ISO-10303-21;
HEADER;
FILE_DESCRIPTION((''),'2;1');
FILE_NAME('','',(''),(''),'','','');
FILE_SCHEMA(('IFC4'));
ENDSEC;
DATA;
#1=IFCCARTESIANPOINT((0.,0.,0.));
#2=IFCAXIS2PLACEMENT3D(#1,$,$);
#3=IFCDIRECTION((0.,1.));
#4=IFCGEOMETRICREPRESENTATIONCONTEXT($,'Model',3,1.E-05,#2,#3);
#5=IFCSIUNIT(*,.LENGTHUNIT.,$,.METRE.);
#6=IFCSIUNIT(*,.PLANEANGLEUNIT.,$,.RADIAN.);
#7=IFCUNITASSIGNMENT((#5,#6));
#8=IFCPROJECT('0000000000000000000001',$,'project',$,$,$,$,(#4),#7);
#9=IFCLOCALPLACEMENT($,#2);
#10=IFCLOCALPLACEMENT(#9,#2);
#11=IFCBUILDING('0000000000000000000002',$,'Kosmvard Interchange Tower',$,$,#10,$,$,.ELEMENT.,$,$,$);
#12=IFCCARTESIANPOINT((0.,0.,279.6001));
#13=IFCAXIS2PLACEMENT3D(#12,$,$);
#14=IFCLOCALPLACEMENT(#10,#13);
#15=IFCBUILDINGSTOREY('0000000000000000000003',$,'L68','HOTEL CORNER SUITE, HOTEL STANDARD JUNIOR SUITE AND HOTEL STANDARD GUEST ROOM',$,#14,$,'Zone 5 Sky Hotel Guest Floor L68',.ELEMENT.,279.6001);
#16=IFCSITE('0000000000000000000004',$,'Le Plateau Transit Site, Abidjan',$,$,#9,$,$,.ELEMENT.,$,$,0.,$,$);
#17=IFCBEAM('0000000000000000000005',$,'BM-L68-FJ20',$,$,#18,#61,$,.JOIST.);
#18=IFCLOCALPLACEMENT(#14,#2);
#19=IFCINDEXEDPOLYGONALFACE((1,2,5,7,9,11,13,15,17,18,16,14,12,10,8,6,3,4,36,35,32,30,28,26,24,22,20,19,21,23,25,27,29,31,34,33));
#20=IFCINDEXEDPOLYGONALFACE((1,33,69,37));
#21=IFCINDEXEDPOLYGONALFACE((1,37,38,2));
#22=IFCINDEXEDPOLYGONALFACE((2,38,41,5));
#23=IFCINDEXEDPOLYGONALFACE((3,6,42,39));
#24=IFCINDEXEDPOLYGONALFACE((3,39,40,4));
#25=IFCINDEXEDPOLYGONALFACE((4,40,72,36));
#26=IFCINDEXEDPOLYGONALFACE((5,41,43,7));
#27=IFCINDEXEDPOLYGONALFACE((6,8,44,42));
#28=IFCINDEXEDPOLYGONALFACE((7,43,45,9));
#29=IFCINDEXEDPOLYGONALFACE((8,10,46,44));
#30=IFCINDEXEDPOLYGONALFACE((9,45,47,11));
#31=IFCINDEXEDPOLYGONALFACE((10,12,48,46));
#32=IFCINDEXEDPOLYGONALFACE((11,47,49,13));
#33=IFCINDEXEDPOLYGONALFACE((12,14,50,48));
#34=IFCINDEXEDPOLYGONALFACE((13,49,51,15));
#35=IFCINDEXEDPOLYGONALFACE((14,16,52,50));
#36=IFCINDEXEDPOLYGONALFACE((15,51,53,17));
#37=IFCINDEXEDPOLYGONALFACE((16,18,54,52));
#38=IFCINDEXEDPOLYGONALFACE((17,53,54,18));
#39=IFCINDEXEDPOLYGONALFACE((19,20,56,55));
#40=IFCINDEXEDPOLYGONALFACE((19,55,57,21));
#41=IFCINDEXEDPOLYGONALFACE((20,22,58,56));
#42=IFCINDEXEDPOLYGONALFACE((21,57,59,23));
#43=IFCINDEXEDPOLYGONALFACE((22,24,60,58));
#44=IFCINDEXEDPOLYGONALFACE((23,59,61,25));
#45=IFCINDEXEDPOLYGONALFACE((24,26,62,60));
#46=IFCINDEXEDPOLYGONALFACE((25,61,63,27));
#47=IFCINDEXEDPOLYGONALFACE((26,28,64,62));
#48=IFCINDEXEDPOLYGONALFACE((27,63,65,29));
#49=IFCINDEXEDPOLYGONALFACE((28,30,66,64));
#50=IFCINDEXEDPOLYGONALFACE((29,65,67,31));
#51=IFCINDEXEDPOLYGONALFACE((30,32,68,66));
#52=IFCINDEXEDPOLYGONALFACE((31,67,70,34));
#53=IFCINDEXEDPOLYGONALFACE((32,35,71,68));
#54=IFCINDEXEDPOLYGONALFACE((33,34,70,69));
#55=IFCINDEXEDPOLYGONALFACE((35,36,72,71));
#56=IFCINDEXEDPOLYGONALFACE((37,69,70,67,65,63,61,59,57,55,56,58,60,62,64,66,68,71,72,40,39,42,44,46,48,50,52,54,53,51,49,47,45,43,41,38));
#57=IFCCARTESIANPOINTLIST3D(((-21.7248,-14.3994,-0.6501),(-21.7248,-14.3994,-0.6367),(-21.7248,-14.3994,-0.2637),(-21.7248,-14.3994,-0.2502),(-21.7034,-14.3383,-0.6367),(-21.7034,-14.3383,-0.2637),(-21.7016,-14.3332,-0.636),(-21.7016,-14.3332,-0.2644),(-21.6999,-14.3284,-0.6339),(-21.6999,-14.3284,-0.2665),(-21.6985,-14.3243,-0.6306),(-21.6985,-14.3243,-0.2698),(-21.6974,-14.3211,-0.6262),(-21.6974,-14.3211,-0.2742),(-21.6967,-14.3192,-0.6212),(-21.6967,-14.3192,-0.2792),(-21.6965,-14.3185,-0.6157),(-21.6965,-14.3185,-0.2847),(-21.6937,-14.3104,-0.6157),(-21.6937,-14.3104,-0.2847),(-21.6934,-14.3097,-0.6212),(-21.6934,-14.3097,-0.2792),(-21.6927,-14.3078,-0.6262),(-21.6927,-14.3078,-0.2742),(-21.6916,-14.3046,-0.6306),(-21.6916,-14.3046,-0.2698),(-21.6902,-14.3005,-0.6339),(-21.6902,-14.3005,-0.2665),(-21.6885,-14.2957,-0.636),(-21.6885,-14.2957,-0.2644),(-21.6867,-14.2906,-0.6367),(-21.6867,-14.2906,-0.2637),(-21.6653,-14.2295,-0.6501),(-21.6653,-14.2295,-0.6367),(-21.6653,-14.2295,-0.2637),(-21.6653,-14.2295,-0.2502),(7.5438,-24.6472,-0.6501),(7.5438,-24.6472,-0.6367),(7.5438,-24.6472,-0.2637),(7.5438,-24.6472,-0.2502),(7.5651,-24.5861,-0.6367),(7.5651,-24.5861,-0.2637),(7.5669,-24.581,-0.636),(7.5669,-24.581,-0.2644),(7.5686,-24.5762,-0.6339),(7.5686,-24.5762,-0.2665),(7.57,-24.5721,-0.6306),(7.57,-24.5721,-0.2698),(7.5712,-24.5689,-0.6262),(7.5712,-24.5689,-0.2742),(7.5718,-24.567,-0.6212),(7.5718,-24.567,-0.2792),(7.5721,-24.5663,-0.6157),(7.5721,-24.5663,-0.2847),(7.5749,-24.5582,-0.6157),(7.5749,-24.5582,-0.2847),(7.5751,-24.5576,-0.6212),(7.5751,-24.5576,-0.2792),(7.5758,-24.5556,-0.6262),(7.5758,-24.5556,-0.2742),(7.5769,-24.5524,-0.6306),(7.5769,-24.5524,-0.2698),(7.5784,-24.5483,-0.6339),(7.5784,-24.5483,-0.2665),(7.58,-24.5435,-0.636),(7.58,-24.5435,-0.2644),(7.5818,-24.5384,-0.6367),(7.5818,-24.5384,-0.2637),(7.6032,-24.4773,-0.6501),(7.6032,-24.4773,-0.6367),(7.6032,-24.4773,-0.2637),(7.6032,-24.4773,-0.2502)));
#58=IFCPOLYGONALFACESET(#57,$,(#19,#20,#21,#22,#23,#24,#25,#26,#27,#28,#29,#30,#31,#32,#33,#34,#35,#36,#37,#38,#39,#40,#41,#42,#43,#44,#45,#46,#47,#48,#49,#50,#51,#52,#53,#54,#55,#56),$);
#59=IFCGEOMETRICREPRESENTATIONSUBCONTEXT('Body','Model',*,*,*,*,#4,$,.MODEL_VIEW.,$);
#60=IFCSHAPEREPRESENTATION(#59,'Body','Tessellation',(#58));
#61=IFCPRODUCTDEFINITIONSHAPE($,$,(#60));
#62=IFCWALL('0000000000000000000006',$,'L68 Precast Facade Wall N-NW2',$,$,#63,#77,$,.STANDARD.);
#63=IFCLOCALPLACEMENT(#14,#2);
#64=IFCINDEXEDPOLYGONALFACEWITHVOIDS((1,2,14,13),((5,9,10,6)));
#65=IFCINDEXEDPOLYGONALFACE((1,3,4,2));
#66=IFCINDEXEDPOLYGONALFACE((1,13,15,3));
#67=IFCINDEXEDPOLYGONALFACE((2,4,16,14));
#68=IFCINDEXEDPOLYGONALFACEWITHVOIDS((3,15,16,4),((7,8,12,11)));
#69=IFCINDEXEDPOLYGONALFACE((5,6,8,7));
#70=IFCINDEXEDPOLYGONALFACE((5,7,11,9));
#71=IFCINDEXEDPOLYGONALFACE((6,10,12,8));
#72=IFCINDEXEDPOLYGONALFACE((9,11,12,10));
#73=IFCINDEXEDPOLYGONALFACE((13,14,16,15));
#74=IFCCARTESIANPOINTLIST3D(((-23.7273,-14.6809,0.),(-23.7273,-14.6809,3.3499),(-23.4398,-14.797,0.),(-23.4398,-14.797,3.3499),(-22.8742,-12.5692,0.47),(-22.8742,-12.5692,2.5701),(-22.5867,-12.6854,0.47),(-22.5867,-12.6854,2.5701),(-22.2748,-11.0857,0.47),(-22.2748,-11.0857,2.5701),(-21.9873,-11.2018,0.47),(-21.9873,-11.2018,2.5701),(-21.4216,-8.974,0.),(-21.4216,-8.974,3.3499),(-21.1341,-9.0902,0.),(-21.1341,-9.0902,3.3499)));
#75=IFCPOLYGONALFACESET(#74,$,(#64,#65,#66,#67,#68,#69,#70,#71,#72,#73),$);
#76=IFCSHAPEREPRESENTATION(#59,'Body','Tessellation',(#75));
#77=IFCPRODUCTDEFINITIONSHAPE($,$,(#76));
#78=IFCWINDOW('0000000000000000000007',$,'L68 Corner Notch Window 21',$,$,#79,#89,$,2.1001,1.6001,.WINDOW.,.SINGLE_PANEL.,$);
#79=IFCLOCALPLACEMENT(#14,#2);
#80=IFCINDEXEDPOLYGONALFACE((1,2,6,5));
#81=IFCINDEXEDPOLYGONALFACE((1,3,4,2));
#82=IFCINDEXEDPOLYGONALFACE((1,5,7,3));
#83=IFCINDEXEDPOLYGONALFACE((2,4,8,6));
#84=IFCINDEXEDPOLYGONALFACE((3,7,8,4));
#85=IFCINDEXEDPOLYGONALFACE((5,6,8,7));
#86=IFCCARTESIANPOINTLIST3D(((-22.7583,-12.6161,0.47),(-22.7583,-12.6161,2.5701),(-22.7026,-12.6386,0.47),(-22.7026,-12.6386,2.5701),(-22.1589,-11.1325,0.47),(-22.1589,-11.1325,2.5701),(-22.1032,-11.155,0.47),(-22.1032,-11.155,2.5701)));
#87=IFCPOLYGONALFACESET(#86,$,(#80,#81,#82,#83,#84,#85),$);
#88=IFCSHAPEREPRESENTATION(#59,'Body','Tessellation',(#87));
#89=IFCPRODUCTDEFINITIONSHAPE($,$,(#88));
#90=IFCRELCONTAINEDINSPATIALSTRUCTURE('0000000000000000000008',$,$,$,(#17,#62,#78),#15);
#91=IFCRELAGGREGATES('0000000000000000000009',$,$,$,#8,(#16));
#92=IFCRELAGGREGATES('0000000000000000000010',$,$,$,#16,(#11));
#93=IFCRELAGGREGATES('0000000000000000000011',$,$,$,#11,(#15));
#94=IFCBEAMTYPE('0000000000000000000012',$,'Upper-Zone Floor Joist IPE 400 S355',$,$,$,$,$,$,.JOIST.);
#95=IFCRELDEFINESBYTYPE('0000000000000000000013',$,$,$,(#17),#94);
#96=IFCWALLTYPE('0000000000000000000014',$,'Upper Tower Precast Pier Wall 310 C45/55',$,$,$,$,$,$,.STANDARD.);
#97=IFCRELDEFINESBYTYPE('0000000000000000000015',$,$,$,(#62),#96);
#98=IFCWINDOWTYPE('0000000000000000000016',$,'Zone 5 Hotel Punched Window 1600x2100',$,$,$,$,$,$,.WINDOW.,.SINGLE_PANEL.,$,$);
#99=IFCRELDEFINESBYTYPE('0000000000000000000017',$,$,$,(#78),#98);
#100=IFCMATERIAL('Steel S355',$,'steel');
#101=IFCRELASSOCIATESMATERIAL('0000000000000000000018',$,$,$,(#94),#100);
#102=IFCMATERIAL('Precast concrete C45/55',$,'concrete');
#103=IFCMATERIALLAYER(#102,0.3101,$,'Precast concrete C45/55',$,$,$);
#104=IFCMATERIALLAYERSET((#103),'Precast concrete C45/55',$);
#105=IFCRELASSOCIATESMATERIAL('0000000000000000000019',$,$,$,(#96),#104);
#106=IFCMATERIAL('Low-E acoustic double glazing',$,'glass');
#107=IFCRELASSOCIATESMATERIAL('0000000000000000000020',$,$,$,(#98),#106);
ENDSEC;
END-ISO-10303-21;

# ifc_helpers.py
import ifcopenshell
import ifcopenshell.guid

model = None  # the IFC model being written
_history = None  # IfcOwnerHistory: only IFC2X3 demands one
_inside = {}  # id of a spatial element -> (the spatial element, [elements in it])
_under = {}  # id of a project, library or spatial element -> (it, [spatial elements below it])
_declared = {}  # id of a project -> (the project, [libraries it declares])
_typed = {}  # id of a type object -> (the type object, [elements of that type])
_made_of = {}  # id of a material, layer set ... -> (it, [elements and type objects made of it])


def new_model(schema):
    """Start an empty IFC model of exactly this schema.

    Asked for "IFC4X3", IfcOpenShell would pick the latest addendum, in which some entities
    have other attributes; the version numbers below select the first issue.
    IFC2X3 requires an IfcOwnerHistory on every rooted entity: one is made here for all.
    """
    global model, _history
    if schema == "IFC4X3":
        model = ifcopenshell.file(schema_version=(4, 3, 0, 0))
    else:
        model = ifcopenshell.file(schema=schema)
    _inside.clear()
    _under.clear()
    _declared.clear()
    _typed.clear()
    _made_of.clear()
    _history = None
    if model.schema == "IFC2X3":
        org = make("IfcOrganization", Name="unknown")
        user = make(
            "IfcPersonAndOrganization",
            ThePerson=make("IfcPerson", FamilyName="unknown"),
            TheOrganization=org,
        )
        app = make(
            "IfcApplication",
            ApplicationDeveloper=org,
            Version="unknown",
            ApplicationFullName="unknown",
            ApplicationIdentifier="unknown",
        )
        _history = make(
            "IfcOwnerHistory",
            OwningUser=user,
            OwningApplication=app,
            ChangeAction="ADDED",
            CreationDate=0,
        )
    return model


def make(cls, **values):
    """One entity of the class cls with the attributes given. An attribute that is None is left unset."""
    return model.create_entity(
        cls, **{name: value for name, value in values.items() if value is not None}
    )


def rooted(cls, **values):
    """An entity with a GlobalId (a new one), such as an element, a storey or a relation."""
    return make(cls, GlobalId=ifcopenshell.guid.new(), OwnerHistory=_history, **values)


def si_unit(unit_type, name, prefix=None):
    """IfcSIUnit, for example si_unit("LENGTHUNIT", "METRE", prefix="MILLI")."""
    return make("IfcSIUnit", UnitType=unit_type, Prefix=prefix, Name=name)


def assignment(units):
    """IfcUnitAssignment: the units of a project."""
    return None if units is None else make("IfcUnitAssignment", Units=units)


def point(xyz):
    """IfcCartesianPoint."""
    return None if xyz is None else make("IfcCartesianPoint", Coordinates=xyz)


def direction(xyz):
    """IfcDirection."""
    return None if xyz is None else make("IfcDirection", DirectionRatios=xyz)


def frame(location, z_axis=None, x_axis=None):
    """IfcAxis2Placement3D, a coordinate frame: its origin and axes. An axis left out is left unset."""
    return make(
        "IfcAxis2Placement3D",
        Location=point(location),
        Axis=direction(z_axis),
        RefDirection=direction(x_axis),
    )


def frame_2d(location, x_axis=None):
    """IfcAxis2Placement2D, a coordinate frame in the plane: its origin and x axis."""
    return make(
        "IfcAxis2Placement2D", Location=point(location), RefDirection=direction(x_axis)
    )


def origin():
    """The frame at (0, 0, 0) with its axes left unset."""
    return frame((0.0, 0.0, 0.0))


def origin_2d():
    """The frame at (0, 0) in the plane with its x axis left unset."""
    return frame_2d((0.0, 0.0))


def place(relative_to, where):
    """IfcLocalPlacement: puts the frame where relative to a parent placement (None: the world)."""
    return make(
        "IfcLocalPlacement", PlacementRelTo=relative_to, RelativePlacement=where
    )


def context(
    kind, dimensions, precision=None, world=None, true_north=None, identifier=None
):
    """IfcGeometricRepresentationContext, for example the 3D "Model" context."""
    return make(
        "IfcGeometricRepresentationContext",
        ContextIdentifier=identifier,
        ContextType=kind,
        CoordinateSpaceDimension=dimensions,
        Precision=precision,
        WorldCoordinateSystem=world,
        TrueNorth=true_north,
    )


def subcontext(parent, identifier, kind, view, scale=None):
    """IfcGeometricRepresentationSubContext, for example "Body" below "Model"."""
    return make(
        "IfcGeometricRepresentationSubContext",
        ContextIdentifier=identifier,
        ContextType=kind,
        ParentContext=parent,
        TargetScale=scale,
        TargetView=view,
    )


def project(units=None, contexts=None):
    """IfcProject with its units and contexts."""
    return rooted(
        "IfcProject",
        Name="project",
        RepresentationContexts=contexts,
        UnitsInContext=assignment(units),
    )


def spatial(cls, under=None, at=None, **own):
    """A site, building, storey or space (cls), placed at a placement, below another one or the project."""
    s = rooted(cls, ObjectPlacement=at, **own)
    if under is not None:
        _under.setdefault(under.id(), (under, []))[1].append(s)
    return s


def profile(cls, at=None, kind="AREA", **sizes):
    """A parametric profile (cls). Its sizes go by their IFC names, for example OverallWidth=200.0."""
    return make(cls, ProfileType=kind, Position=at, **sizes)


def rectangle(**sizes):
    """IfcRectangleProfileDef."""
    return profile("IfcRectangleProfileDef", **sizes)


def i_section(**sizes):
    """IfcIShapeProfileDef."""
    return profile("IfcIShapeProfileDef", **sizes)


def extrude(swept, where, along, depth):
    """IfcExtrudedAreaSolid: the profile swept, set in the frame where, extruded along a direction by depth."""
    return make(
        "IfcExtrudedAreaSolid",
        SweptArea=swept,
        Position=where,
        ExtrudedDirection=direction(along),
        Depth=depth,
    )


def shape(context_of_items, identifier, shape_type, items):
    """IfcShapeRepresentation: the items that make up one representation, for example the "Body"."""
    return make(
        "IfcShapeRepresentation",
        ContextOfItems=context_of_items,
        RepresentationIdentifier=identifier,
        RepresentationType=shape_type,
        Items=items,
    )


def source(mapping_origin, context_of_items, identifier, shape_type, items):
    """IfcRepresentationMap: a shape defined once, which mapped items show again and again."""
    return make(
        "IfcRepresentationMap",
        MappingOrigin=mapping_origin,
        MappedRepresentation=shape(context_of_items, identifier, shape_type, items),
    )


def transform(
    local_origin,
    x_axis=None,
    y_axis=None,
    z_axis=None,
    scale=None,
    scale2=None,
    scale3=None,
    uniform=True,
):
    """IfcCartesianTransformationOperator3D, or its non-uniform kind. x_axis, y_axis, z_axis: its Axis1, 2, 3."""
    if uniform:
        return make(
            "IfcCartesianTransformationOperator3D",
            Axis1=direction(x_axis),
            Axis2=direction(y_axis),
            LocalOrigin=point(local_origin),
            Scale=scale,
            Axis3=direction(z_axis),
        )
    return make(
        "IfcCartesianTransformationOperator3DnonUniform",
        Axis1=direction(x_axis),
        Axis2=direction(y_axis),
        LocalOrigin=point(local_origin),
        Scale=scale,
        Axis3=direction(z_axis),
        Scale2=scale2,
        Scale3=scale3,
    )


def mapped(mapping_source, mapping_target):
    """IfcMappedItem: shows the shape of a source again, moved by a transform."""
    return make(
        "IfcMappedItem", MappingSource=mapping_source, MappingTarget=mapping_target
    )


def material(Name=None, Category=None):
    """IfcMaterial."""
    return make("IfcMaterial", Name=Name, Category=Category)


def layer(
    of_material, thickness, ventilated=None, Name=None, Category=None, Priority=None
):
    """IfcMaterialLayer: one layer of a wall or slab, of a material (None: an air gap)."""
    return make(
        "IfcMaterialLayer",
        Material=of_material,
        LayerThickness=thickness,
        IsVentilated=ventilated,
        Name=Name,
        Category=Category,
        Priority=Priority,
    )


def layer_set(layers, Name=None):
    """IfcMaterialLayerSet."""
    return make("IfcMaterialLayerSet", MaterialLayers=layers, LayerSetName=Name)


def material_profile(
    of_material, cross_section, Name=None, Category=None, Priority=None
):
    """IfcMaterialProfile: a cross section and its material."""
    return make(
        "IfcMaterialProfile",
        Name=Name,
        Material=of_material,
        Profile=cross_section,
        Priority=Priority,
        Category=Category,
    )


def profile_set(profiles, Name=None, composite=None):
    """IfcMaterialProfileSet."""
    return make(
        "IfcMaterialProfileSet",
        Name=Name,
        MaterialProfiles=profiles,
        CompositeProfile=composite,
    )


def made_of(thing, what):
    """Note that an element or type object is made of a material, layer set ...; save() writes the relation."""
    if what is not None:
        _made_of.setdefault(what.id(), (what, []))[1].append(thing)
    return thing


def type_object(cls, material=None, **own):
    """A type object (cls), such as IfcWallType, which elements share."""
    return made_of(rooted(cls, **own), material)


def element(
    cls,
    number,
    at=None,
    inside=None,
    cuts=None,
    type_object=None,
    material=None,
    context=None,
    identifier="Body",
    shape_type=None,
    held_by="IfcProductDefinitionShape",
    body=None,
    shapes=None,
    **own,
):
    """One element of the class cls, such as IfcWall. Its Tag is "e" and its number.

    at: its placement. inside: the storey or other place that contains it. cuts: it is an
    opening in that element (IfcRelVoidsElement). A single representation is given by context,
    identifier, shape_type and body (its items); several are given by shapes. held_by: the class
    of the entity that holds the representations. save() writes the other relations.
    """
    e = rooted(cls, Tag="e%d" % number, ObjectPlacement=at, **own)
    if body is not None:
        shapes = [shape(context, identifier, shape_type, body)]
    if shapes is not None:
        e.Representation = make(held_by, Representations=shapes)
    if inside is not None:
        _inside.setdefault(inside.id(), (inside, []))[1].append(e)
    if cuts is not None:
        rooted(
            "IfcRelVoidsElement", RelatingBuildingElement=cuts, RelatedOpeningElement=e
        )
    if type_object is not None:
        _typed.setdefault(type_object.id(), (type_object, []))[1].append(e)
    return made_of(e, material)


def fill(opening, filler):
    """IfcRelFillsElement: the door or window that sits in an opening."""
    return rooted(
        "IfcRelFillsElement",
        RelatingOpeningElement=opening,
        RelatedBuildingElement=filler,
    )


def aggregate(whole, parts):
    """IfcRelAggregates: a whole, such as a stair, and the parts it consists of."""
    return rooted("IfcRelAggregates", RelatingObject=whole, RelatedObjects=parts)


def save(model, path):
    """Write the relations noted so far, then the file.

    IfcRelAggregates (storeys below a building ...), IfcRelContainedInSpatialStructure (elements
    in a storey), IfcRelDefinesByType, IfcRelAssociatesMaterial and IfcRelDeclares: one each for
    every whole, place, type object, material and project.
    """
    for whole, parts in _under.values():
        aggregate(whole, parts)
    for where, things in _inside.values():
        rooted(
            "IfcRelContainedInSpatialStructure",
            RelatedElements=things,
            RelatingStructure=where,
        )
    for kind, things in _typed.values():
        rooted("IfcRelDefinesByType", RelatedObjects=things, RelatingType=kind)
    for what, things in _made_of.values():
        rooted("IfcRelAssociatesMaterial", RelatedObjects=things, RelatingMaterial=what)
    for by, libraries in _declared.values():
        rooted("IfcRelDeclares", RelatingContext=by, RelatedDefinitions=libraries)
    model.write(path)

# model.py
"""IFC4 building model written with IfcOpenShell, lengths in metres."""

from ifc_helpers import new_model, si_unit, direction, frame, frame_2d, origin, origin_2d, place, context, subcontext, project, spatial, rectangle, i_section, extrude, source, transform, mapped, material, layer, layer_set, material_profile, profile_set, type_object, element, fill, save


model = new_model("IFC4")

# Units and contexts
model_context = context("Model", 3, precision=1e-05, world=origin(), true_north=direction((0.0, 1.0)))
body_context = subcontext(model_context, "Body", "Model", "MODEL_VIEW")
ifc_project = project(units=[si_unit("LENGTHUNIT", "METRE"), si_unit("PLANEANGLEUNIT", "RADIAN")], contexts=[model_context])

# Site, building, storey
site_placement = place(None, origin())
site = spatial("IfcSite", under=ifc_project, at=site_placement, Name="Le Plateau Transit Site, Abidjan", CompositionType="ELEMENT", RefElevation=0.0)
building_placement = place(site_placement, origin())
building = spatial("IfcBuilding", under=site, at=building_placement, Name="Kosmvard Interchange Tower", CompositionType="ELEMENT")
storey_placement = place(building_placement, frame((0.0, 0.0, 279.6001)))
storey = spatial("IfcBuildingStorey", under=building, at=storey_placement, Name="L68", Description="HOTEL CORNER SUITE, HOTEL STANDARD JUNIOR SUITE AND HOTEL STANDARD GUEST ROOM", LongName="Zone 5 Sky Hotel Guest Floor L68", CompositionType="ELEMENT", Elevation=279.6001)

# Beam
ifc_material_1 = material(Name="Steel S355", Category="steel")
ifc_material_profile_1 = material_profile(ifc_material_1, i_section(OverallWidth=0.1799, OverallDepth=0.3999, WebThickness=0.0085, FlangeThickness=0.0134, FilletRadius=0.021, at=origin_2d()), Name="IPE 400")
ifc_profile_set_1 = profile_set([ifc_material_profile_1], Name="Steel S355")
beam_type_1 = type_object("IfcBeamType", Name="Upper-Zone Floor Joist IPE 400 S355", PredefinedType="JOIST", material=ifc_profile_set_1)
shared_shape_1 = source(origin(), body_context, "Body", "SweptSolid", [
    extrude(i_section(OverallWidth=0.1799, OverallDepth=0.3999, WebThickness=0.0085, FlangeThickness=0.0134, FilletRadius=0.021, at=origin_2d()), origin(), (0.0, 0.0, 1.0), 31.0107),
])
beam_1_placement = place(storey_placement, frame((-21.6951, -14.3145, -0.4502), z_axis=(0.94382, -0.33046, 0.0), x_axis=(0.33046, 0.94382, 0.0)))
element("IfcBeam", 1, at=beam_1_placement, inside=storey, type_object=beam_type_1, Name="BM-L68-FJ20", PredefinedType="JOIST", context=body_context, shape_type="MappedRepresentation", body=[
    mapped(shared_shape_1, transform((0.0, 0.0, 0.0), scale=1.0)),
])

# Wall, opening, window
ifc_material_2 = material(Name="Precast concrete C45/55", Category="concrete")
ifc_layer_1 = layer(ifc_material_2, 0.3101, Name="Precast concrete C45/55")
ifc_layer_set_1 = layer_set([ifc_layer_1], Name="Precast concrete C45/55")
wall_type = type_object("IfcWallType", Name="Upper Tower Precast Pier Wall 310 C45/55", PredefinedType="STANDARD", material=ifc_layer_set_1)
wall_1_placement = place(storey_placement, frame((-21.2778, -9.032, 0.0), z_axis=(0.0, 0.0, 1.0), x_axis=(-0.374603, -0.927185, 0.0)))
wall_1 = element("IfcWall", 2, at=wall_1_placement, inside=storey, type_object=wall_type, Name="L68 Precast Facade Wall N-NW2", PredefinedType="STANDARD", context=body_context, shape_type="SweptSolid", body=[
    extrude(rectangle(XDim=6.155, YDim=0.3101, at=frame_2d((3.0776, 0.0))), origin(), (0.0, 0.0, 1.0), 3.3499),
])
opening_1_placement = place(wall_1_placement, frame((2.2776, 0.0, 0.47)))
opening_1 = element("IfcOpeningElement", 3, at=opening_1_placement, cuts=wall_1, PredefinedType="OPENING", context=body_context, shape_type="SweptSolid", body=[
    extrude(rectangle(XDim=1.6001, YDim=2.1001, at=frame_2d((0.8, 1.05))), frame((0.0, 0.165, 0.0), z_axis=(0.0, -1.0, 0.0), x_axis=(1.0, 0.0, 0.0)), (0.0, 0.0, 1.0), 0.3301),
])
ifc_material_3 = material(Name="Low-E acoustic double glazing", Category="glass")
window_type = type_object("IfcWindowType", Name="Zone 5 Hotel Punched Window 1600x2100", PartitioningType="SINGLE_PANEL", PredefinedType="WINDOW", material=ifc_material_3)
shared_shape_2 = source(origin(), body_context, "Body", "SweptSolid", [
    extrude(rectangle(XDim=1.6001, YDim=2.1001, at=frame_2d((0.8, 1.05))), frame((0.0, 0.03, 0.0), z_axis=(0.0, -1.0, 0.0), x_axis=(1.0, 0.0, 0.0)), (0.0, 0.0, 1.0), 0.0601),
])
window_1_placement = place(opening_1_placement, origin())
window_1 = element("IfcWindow", 4, at=window_1_placement, inside=storey, type_object=window_type, Name="L68 Corner Notch Window 21", OverallHeight=2.1001, OverallWidth=1.6001, PartitioningType="SINGLE_PANEL", PredefinedType="WINDOW", context=body_context, shape_type="MappedRepresentation", body=[
    mapped(shared_shape_2, transform((0.0, 0.0, 0.0), scale=1.0)),
])
fill(opening_1, window_1)

save(model, "model.ifc")
